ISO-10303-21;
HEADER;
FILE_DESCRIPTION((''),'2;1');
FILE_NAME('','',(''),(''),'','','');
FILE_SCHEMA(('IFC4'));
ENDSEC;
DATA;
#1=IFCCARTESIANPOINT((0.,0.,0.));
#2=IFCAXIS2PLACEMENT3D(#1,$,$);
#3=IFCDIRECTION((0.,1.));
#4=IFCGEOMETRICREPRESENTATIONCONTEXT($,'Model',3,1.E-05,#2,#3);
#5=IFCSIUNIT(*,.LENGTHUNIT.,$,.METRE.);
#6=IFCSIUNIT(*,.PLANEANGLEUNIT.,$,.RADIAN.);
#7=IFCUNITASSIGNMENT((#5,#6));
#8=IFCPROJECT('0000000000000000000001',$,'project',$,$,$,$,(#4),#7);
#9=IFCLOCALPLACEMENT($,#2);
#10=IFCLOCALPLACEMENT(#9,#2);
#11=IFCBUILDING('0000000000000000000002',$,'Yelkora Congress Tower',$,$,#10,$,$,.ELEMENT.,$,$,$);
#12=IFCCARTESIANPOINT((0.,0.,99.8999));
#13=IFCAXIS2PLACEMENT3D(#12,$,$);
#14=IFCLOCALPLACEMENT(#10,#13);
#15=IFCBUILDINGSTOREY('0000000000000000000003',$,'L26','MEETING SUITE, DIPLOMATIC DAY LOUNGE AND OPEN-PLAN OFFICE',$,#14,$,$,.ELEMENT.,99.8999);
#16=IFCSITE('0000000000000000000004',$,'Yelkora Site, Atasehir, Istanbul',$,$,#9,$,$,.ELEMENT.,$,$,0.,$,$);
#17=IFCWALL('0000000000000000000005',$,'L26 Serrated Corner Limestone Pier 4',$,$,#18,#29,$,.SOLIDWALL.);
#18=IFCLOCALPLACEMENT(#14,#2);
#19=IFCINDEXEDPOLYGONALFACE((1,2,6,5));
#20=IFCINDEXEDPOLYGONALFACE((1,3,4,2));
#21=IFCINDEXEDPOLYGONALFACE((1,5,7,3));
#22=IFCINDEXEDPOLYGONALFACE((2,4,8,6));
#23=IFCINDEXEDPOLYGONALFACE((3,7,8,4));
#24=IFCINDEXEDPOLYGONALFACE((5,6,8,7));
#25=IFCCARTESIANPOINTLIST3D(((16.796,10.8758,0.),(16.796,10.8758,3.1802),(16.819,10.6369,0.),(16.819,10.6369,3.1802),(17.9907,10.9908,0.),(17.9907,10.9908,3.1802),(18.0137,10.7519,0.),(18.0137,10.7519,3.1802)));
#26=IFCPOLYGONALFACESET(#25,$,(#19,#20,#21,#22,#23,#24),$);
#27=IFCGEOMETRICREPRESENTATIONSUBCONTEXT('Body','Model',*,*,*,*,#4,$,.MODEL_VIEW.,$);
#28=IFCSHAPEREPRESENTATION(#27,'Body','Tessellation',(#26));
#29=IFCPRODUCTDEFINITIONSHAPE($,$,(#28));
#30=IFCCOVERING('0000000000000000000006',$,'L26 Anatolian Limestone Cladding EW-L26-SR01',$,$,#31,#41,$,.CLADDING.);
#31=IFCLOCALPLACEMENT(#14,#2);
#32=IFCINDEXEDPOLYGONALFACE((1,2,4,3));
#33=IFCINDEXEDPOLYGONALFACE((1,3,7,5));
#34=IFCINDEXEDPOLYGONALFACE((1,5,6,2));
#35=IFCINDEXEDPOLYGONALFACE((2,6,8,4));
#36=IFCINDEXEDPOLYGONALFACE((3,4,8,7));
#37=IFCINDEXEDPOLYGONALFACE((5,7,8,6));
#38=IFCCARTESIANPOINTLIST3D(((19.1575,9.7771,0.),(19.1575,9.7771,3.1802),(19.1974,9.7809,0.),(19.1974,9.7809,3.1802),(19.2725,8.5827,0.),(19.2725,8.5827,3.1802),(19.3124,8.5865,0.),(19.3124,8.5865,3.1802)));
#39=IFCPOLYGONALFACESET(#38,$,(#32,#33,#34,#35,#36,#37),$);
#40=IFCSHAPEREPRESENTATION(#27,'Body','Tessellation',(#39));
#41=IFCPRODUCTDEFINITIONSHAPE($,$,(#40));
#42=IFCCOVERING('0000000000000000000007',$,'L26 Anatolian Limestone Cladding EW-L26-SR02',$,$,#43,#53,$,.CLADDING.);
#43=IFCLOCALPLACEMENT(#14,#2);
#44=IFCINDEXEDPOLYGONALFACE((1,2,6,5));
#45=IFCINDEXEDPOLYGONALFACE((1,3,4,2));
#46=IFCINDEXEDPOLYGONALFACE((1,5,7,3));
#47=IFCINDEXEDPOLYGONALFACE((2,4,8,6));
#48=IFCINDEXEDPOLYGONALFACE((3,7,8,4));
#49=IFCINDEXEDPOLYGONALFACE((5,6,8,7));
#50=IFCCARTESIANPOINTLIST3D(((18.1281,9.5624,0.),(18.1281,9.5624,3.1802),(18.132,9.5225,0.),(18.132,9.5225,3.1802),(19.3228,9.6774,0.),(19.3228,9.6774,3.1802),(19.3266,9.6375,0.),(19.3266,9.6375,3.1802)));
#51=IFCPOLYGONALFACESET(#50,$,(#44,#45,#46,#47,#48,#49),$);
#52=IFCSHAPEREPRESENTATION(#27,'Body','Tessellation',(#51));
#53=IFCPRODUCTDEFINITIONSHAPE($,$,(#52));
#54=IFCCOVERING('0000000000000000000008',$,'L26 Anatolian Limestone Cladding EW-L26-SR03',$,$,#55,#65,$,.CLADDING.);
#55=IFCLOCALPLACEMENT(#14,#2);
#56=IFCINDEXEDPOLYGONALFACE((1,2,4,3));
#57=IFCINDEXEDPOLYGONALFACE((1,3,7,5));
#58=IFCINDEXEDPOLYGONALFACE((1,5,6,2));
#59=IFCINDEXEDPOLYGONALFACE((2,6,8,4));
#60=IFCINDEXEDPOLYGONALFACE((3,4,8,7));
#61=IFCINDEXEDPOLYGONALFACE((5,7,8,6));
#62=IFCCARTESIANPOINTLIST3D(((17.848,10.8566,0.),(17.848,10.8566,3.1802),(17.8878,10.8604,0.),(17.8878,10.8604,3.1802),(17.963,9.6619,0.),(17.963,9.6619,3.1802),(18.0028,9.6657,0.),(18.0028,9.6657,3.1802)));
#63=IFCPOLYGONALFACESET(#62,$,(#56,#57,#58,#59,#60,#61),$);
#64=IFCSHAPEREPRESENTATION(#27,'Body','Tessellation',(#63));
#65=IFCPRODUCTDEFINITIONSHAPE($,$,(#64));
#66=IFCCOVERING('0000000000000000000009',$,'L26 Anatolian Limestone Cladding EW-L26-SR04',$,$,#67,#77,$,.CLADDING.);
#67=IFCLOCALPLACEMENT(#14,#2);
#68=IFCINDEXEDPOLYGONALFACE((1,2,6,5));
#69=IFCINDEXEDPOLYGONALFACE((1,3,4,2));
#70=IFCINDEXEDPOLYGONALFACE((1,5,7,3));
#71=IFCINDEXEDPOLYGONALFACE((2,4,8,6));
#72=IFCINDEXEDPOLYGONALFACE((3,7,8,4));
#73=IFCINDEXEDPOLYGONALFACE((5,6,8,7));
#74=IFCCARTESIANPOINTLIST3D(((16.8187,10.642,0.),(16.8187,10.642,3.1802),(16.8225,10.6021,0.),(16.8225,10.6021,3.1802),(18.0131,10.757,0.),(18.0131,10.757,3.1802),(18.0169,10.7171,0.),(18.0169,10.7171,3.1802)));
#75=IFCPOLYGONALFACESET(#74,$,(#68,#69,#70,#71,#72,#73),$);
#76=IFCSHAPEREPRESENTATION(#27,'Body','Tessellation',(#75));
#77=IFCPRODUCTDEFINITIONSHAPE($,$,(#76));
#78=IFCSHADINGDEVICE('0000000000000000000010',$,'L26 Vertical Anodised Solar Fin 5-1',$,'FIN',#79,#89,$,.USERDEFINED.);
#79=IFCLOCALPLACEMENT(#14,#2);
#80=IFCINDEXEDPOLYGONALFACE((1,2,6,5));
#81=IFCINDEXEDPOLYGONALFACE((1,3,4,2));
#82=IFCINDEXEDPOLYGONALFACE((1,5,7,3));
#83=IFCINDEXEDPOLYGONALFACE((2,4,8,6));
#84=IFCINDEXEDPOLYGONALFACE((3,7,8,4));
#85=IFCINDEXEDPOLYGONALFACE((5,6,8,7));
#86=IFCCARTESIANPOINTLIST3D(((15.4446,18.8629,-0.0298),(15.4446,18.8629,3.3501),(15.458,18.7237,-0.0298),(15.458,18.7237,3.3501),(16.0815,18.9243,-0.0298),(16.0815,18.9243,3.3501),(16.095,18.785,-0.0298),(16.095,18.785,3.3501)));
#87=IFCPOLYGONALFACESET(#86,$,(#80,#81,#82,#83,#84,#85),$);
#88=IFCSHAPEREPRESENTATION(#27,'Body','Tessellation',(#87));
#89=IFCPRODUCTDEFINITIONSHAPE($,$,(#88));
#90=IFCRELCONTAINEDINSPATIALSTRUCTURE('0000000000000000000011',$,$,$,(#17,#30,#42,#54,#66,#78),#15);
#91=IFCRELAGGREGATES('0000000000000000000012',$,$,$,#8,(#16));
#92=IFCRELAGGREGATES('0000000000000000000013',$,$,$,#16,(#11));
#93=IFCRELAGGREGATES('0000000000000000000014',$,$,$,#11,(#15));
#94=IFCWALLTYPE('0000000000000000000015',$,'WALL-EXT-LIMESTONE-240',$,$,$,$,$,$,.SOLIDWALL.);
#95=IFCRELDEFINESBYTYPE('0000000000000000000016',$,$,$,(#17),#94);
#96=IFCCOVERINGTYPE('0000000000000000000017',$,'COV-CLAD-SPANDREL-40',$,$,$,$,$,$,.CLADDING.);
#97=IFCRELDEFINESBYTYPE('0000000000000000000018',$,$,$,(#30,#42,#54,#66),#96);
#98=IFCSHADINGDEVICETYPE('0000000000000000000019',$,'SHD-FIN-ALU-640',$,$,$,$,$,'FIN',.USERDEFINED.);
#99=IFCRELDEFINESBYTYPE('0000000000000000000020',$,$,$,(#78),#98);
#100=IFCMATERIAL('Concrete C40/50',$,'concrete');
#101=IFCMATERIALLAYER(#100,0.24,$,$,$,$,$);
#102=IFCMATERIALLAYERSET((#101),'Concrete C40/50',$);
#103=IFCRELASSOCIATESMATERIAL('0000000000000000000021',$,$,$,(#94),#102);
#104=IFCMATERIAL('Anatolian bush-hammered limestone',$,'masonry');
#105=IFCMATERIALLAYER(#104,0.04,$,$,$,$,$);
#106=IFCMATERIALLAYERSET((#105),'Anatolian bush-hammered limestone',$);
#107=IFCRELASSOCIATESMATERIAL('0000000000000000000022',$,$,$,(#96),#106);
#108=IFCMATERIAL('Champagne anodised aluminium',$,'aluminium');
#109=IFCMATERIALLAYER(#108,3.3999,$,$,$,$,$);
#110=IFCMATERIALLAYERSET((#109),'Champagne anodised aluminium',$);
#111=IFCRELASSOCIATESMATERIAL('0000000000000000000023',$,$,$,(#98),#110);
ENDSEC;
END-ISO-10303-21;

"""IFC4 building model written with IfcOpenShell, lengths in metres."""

from ifc_helpers import new_model, si_unit, direction, frame, frame_2d, origin, origin_2d, place, context, subcontext, project, spatial, rectangle, extrude, material, layer, layer_set, type_object, element, save


model = new_model("IFC4")

# Units and contexts
model_context = context("Model", 3, precision=1e-05, world=origin(), true_north=direction((0.0, 1.0)))
body_context = subcontext(model_context, "Body", "Model", "MODEL_VIEW")
ifc_project = project(units=[si_unit("LENGTHUNIT", "METRE"), si_unit("PLANEANGLEUNIT", "RADIAN")], contexts=[model_context])

# Site, building, storey
site_placement = place(None, origin())
site = spatial("IfcSite", under=ifc_project, at=site_placement, Name="Yelkora Site, Atasehir, Istanbul", CompositionType="ELEMENT", RefElevation=0.0)
building_placement = place(site_placement, origin())
building = spatial("IfcBuilding", under=site, at=building_placement, Name="Yelkora Congress Tower", CompositionType="ELEMENT")
storey_placement = place(building_placement, frame((0.0, 0.0, 99.8999)))
storey = spatial("IfcBuildingStorey", under=building, at=storey_placement, Name="L26", Description="MEETING SUITE, DIPLOMATIC DAY LOUNGE AND OPEN-PLAN OFFICE", CompositionType="ELEMENT", Elevation=99.8999)

# Shared definitions
ifc_material_1 = material(Name="Concrete C40/50", Category="concrete")

# Wall
ifc_layer_1 = layer(ifc_material_1, 0.24)
ifc_layer_set_1 = layer_set([ifc_layer_1], Name="Concrete C40/50")
wall_type = type_object("IfcWallType", Name="WALL-EXT-LIMESTONE-240", PredefinedType="SOLIDWALL", material=ifc_layer_set_1)
wall_1_placement = place(storey_placement, frame((18.0022, 10.8713, 0.0), z_axis=(0.0, 0.0, 1.0), x_axis=(-0.995399, -0.095817, 0.0)))
element("IfcWall", 1, at=wall_1_placement, inside=storey, type_object=wall_type, Name="L26 Serrated Corner Limestone Pier 4", PredefinedType="SOLIDWALL", context=body_context, shape_type="SweptSolid", body=[
    extrude(rectangle(XDim=1.2002, YDim=0.24, at=frame_2d((0.6001, 0.0))), origin(), (0.0, 0.0, 1.0), 3.1802),
])

# Coverings
ifc_material_2 = material(Name="Anatolian bush-hammered limestone", Category="masonry")
ifc_layer_2 = layer(ifc_material_2, 0.04)
ifc_layer_set_2 = layer_set([ifc_layer_2], Name="Anatolian bush-hammered limestone")
covering_type = type_object("IfcCoveringType", Name="COV-CLAD-SPANDREL-40", PredefinedType="CLADDING", material=ifc_layer_set_2)
covering_1_placement = place(storey_placement, frame((19.2925, 8.5845, 0.0), z_axis=(0.0, 0.0, 1.0), x_axis=(-0.095836, 0.995397, 0.0)))
element("IfcCovering", 2, at=covering_1_placement, inside=storey, type_object=covering_type, Name="L26 Anatolian Limestone Cladding EW-L26-SR01", PredefinedType="CLADDING", context=body_context, shape_type="SweptSolid", body=[
    extrude(rectangle(XDim=1.2, YDim=0.04, at=frame_2d((0.6001, 0.0))), origin(), (0.0, 0.0, 1.0), 3.1802),
])
for number, where, z_axis, x_axis, name in (
    (3, (19.3247, 9.6575, 0.0), (0.0, 0.0, 1.0), (-0.995399, -0.095817, 0.0), "L26 Anatolian Limestone Cladding EW-L26-SR02"),
    (4, (17.9829, 9.6638, 0.0), (0.0, 0.0, 1.0), (-0.095817, 0.995399, 0.0), "L26 Anatolian Limestone Cladding EW-L26-SR03"),
):
    element("IfcCovering", number, at=place(storey_placement, frame(where, z_axis=z_axis, x_axis=x_axis)), inside=storey, type_object=covering_type, Name=name, PredefinedType="CLADDING", context=body_context, shape_type="SweptSolid", body=[
        extrude(rectangle(XDim=1.2002, YDim=0.04, at=frame_2d((0.6001, 0.0))), origin(), (0.0, 0.0, 1.0), 3.1802),
    ])
covering_2_placement = place(storey_placement, frame((18.0151, 10.7371, 0.0), z_axis=(0.0, 0.0, 1.0), x_axis=(-0.995397, -0.095836, 0.0)))
element("IfcCovering", 5, at=covering_2_placement, inside=storey, type_object=covering_type, Name="L26 Anatolian Limestone Cladding EW-L26-SR04", PredefinedType="CLADDING", context=body_context, shape_type="SweptSolid", body=[
    extrude(rectangle(XDim=1.2, YDim=0.04, at=frame_2d((0.6001, 0.0))), origin(), (0.0, 0.0, 1.0), 3.1802),
])

# Shading device
ifc_material_3 = material(Name="Champagne anodised aluminium", Category="aluminium")
ifc_layer_3 = layer(ifc_material_3, 3.3999)
ifc_layer_set_3 = layer_set([ifc_layer_3], Name="Champagne anodised aluminium")
shading_device_type = type_object("IfcShadingDeviceType", Name="SHD-FIN-ALU-640", ElementType="FIN", PredefinedType="USERDEFINED", material=ifc_layer_set_3)
shading_device_placement = place(storey_placement, frame((15.7698, 18.824, -0.0298), z_axis=(0.0, 0.0, 1.0), x_axis=(-0.095846, 0.995396, 0.0)))
element("IfcShadingDevice", 6, at=shading_device_placement, inside=storey, type_object=shading_device_type, Name="L26 Vertical Anodised Solar Fin 5-1", ObjectType="FIN", PredefinedType="USERDEFINED", context=body_context, shape_type="SweptSolid", body=[
    extrude(rectangle(XDim=0.1399, YDim=0.6399, at=origin_2d()), origin(), (0.0, 0.0, 1.0), 3.3799),
])

save(model, "model.ifc")
